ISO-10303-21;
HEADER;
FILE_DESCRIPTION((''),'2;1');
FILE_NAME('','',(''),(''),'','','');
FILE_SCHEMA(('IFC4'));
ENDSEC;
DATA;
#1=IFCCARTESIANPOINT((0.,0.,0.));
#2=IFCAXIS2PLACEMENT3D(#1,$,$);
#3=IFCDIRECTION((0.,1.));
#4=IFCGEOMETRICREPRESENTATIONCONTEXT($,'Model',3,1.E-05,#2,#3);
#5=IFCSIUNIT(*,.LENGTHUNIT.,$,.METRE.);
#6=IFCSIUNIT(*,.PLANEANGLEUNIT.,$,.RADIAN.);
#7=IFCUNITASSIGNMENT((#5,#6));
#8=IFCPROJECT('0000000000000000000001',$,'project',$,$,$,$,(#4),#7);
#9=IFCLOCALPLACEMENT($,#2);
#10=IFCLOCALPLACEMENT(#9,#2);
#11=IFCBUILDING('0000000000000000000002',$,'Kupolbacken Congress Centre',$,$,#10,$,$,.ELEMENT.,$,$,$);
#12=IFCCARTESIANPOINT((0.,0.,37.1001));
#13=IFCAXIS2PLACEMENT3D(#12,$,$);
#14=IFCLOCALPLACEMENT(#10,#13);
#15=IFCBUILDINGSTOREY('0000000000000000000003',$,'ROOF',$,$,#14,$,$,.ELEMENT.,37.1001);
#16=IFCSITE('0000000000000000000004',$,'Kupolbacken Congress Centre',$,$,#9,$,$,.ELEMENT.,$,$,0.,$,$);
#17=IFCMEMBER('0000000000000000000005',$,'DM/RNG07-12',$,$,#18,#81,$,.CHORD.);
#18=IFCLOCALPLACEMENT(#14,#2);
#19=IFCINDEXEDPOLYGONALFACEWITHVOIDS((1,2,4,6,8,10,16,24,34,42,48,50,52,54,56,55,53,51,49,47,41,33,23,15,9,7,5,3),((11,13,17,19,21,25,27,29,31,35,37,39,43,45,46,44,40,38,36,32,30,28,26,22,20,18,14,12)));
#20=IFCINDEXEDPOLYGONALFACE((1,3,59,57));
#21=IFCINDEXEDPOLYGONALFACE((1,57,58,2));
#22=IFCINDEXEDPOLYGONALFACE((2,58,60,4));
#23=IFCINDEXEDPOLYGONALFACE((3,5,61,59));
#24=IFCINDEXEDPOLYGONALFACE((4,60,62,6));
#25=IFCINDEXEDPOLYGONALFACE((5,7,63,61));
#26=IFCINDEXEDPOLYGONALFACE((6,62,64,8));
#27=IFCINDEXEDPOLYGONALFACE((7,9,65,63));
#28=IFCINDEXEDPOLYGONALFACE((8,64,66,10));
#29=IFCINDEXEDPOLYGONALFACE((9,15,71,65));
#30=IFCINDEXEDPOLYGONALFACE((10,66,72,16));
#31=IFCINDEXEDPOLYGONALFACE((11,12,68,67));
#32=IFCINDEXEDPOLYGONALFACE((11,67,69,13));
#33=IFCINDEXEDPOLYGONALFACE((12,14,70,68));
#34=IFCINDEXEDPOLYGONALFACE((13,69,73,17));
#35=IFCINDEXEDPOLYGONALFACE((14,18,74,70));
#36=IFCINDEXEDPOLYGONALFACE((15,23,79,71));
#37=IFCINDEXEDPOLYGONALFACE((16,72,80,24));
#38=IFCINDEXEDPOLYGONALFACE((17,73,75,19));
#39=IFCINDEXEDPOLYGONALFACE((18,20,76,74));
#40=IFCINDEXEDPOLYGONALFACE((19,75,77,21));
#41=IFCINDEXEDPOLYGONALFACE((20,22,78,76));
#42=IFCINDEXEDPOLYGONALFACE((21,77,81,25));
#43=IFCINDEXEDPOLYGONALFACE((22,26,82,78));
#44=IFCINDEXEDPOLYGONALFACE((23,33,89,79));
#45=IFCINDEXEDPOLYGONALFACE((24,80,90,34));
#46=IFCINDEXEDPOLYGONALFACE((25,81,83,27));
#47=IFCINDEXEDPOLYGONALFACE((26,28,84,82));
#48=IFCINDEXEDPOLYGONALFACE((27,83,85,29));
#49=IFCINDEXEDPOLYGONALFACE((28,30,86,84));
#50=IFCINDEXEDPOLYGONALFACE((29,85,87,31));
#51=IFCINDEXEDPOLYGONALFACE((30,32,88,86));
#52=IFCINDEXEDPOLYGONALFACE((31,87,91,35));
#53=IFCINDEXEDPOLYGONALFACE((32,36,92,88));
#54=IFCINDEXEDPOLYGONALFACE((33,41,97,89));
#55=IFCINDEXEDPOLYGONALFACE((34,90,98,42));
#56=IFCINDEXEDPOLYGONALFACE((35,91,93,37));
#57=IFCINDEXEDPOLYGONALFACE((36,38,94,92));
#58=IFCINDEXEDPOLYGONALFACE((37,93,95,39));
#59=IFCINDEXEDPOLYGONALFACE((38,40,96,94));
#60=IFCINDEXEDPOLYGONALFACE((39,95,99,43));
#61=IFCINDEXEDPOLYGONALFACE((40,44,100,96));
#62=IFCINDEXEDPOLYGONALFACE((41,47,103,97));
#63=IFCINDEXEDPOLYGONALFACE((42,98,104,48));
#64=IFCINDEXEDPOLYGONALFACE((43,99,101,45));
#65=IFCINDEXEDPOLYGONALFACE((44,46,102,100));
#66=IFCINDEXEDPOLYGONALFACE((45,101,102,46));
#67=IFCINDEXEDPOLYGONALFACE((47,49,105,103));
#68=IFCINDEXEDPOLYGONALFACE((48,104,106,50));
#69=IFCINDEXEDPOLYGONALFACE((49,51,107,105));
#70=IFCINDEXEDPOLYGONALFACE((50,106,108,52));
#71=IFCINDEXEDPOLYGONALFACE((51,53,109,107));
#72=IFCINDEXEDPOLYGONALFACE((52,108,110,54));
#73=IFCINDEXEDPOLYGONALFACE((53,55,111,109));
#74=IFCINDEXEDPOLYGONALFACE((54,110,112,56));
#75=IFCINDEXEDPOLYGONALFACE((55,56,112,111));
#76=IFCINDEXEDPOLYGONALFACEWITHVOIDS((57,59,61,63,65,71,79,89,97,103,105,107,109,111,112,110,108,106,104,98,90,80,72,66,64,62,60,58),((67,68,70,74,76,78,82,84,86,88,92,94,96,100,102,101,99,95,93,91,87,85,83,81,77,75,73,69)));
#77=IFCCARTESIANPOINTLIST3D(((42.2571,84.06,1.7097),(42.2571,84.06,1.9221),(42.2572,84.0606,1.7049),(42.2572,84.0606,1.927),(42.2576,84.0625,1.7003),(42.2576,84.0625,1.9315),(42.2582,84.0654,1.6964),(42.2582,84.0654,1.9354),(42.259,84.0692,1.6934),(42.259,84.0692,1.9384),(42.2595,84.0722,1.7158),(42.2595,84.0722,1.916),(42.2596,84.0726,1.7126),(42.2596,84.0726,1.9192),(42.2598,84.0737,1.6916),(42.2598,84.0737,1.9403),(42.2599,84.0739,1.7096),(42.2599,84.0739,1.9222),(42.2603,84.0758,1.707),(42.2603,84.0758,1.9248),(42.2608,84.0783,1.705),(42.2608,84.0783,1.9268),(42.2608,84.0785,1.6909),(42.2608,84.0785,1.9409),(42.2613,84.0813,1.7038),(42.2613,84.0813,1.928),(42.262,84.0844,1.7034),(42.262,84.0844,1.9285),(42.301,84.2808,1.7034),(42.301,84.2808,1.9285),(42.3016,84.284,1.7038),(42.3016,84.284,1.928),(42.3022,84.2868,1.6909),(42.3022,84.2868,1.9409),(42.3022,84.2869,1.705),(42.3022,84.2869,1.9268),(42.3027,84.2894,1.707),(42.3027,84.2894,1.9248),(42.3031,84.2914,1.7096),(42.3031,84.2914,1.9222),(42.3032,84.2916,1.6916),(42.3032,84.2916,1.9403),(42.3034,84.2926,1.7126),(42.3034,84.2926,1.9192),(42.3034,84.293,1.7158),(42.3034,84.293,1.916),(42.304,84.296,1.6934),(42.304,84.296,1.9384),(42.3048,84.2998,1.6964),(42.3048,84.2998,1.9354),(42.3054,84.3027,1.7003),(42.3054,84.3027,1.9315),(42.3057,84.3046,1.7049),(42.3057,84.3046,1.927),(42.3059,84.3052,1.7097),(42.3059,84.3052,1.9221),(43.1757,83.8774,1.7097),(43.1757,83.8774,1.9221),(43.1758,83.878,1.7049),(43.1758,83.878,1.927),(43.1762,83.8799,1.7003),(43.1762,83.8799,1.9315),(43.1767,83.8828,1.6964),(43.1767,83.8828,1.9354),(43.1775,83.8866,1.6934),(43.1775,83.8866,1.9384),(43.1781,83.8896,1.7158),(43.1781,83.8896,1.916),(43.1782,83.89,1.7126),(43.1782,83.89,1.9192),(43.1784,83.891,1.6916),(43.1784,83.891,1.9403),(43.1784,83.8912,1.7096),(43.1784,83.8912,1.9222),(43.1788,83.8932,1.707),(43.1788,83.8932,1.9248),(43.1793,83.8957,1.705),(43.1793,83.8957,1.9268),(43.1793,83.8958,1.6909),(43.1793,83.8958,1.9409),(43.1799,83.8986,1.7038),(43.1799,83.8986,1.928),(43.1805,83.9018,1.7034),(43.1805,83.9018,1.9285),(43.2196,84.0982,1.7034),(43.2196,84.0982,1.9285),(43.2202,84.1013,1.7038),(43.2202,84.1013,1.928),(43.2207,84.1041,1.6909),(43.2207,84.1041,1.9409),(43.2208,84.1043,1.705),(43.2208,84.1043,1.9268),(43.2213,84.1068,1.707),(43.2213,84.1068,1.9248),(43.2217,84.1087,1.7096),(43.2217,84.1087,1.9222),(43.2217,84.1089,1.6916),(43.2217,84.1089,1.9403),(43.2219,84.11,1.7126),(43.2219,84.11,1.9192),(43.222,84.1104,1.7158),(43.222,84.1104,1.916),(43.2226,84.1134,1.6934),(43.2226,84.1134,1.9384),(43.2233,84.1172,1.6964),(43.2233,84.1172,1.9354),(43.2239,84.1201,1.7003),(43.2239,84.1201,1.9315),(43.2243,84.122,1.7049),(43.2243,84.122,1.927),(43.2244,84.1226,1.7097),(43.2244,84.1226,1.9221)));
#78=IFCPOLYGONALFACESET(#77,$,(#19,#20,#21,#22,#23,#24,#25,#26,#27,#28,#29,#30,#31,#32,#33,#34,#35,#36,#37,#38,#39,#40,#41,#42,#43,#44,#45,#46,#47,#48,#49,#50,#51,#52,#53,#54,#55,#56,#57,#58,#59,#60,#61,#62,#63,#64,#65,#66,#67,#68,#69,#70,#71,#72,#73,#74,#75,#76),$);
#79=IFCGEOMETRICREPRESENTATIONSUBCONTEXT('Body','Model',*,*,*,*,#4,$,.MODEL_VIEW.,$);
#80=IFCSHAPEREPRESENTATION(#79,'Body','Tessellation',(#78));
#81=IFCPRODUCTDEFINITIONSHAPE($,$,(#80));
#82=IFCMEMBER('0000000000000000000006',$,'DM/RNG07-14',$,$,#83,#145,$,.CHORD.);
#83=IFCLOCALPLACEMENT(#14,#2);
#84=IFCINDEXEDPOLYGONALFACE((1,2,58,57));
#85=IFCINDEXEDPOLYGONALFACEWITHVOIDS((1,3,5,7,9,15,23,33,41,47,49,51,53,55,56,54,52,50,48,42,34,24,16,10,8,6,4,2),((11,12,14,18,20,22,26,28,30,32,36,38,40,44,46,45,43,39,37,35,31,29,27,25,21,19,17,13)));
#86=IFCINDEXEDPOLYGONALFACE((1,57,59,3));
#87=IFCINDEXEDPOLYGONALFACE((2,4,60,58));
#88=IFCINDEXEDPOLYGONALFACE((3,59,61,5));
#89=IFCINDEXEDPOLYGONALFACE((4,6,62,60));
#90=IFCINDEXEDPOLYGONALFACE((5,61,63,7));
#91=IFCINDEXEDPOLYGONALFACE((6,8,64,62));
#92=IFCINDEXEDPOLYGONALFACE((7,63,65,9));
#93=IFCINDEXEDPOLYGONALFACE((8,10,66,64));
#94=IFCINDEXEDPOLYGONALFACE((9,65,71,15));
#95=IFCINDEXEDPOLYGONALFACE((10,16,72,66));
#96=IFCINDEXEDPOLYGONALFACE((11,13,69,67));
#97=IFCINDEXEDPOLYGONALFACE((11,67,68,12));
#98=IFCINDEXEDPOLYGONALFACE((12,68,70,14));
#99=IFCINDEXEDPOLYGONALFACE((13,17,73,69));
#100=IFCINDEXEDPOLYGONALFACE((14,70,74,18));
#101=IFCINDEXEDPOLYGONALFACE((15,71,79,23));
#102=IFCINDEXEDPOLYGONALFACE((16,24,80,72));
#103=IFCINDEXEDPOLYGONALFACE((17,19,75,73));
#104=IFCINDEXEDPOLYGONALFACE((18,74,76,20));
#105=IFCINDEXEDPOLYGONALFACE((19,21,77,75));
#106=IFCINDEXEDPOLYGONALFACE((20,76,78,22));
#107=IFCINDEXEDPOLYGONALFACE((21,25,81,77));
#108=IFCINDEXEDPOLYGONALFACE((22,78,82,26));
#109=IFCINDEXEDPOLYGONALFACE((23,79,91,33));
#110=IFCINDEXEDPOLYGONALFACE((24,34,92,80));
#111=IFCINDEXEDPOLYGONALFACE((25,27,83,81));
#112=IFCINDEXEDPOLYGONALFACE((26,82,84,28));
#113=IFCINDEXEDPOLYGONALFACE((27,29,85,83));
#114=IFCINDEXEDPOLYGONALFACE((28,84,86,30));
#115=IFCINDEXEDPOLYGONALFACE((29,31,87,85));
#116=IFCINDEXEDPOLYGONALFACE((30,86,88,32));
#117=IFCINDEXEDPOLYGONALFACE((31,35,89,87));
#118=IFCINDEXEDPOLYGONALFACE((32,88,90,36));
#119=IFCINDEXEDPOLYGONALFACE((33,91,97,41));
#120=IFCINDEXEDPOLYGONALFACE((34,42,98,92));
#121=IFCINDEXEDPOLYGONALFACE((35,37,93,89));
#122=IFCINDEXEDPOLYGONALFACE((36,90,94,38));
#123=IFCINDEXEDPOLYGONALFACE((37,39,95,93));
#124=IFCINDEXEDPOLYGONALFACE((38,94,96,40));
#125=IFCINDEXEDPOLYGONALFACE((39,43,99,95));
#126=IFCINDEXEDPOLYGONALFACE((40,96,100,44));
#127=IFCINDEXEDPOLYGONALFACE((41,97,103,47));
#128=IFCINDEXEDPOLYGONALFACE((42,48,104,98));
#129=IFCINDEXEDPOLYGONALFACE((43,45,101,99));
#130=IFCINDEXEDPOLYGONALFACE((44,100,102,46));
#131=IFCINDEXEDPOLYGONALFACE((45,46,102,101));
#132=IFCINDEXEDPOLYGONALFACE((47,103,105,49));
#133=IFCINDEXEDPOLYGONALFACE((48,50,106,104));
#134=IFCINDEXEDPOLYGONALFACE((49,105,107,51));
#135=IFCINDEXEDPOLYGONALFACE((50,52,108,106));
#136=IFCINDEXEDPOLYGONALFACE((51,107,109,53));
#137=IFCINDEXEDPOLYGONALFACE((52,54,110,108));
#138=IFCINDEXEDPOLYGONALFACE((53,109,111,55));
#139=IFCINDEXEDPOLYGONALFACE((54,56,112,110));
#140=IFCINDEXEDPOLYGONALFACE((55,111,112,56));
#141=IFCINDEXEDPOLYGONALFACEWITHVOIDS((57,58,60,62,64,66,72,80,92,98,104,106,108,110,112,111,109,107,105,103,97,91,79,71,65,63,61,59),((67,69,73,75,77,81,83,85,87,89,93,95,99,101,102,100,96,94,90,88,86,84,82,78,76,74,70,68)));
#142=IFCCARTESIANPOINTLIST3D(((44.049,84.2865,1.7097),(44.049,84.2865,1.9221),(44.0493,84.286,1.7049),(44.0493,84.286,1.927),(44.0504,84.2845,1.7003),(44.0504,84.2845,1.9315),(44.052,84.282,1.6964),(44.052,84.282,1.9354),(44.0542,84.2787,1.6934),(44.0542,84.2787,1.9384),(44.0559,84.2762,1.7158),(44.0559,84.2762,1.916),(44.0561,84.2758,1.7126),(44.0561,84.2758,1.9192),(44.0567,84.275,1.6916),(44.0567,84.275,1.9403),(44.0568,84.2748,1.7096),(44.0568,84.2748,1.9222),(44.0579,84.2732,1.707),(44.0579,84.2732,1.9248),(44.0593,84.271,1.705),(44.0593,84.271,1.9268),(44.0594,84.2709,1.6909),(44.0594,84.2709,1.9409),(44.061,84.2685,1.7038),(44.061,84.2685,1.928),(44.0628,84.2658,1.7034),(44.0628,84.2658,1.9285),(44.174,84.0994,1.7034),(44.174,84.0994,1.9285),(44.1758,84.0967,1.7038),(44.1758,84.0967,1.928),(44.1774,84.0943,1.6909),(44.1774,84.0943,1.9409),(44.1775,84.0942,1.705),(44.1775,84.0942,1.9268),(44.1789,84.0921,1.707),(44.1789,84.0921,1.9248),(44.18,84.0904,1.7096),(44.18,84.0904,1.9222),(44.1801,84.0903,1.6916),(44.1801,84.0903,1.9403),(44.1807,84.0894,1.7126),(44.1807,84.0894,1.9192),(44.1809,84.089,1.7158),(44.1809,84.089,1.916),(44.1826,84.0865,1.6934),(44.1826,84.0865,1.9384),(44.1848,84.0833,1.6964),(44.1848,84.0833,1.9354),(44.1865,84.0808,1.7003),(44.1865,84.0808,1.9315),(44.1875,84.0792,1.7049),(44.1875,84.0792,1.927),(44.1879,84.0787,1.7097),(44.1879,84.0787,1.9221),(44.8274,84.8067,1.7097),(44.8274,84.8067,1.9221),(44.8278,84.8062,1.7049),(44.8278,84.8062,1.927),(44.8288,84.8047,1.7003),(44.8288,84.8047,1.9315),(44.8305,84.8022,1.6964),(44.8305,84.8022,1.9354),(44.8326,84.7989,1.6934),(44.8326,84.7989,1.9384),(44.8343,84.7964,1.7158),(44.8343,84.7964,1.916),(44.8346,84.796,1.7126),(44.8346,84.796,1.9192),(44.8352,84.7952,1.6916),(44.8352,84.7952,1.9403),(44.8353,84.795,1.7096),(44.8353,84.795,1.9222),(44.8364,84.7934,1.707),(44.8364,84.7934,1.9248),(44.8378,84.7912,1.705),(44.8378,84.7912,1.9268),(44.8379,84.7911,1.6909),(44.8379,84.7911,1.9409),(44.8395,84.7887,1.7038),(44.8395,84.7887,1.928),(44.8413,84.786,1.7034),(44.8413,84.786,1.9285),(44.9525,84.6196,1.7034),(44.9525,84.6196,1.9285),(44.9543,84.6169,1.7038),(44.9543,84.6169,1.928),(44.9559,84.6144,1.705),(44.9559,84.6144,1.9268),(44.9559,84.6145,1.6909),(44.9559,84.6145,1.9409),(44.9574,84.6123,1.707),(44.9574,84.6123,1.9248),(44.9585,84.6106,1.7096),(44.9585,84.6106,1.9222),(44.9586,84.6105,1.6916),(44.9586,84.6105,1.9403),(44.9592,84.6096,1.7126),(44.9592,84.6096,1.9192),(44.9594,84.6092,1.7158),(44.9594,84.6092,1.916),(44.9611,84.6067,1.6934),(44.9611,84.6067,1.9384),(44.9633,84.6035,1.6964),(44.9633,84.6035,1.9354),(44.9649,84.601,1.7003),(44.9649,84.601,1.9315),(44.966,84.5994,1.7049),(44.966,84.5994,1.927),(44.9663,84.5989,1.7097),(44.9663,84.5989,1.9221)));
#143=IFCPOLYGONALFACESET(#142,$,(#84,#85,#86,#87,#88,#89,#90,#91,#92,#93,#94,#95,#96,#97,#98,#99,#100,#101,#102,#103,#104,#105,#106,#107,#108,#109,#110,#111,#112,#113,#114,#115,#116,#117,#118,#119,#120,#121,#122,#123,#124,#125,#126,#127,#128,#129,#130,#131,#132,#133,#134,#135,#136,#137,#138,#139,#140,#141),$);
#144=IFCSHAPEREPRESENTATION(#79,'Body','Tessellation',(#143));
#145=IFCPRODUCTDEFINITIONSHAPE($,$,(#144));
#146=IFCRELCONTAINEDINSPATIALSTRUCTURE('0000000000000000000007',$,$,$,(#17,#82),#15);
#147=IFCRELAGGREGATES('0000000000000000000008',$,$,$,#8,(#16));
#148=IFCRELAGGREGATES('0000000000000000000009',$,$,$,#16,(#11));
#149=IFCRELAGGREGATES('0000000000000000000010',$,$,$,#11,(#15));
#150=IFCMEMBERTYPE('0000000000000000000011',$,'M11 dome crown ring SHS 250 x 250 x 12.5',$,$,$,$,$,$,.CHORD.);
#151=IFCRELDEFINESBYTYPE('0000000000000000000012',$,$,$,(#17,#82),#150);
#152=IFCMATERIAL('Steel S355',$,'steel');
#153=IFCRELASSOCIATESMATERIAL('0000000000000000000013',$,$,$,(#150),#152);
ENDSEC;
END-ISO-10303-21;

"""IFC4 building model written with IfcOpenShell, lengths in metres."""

from ifc_helpers import new_model, si_unit, direction, frame, origin, origin_2d, place, context, subcontext, project, spatial, hollow_rectangle, extrude, material, material_profile, profile_set, type_object, element, save


model = new_model("IFC4")

# Units and contexts
model_context = context("Model", 3, precision=1e-05, world=origin(), true_north=direction((0.0, 1.0)))
body_context = subcontext(model_context, "Body", "Model", "MODEL_VIEW")
ifc_project = project(units=[si_unit("LENGTHUNIT", "METRE"), si_unit("PLANEANGLEUNIT", "RADIAN")], contexts=[model_context])

# Site, building, storey
site_placement = place(None, origin())
site = spatial("IfcSite", under=ifc_project, at=site_placement, Name="Kupolbacken Congress Centre", CompositionType="ELEMENT", RefElevation=0.0)
building_placement = place(site_placement, origin())
building = spatial("IfcBuilding", under=site, at=building_placement, Name="Kupolbacken Congress Centre", CompositionType="ELEMENT")
storey_placement = place(building_placement, frame((0.0, 0.0, 37.1001)))
storey = spatial("IfcBuildingStorey", under=building, at=storey_placement, Name="ROOF", CompositionType="ELEMENT", Elevation=37.1001)

# Members
ifc_material_1 = material(Name="Steel S355", Category="steel")
ifc_material_profile_1 = material_profile(ifc_material_1, hollow_rectangle(XDim=0.25, YDim=0.25, WallThickness=0.0125, InnerFilletRadius=0.0125, OuterFilletRadius=0.0188, at=origin_2d()), Name="SHS 250 x 250 x 12.5")
ifc_profile_set_1 = profile_set([ifc_material_profile_1], Name="Steel S355")
member_type_1 = type_object("IfcMemberType", Name="M11 dome crown ring SHS 250 x 250 x 12.5", PredefinedType="CHORD", material=ifc_profile_set_1)
member_1_placement = place(storey_placement, frame((42.2815, 84.1826, 1.8159), z_axis=(0.980801, -0.195013, 0.0), x_axis=(0.195013, 0.980801, 0.0)))
element("IfcMember", 1, at=member_1_placement, inside=storey, type_object=member_type_1, Name="DM/RNG07-12", PredefinedType="CHORD", context=body_context, shape_type="SweptSolid", body=[
    extrude(hollow_rectangle(XDim=0.25, YDim=0.25, WallThickness=0.0125, InnerFilletRadius=0.0125, OuterFilletRadius=0.0188, at=origin_2d()), origin(), (0.0, 0.0, 1.0), 0.9365),
])
for number, where, z_axis, x_axis, name in (
    (2, (44.1184, 84.1826, 1.8159), (0.831448, 0.555602, 0.0), (-0.555602, 0.831448, 0.0), "DM/RNG07-14"),
):
    element("IfcMember", number, at=place(storey_placement, frame(where, z_axis=z_axis, x_axis=x_axis)), inside=storey, type_object=member_type_1, Name=name, PredefinedType="CHORD", context=body_context, shape_type="SweptSolid", body=[
        extrude(hollow_rectangle(XDim=0.25, YDim=0.25, WallThickness=0.0125, InnerFilletRadius=0.0125, OuterFilletRadius=0.0188, at=origin_2d()), origin(), (0.0, 0.0, 1.0), 0.9363),
    ])

save(model, "model.ifc")
